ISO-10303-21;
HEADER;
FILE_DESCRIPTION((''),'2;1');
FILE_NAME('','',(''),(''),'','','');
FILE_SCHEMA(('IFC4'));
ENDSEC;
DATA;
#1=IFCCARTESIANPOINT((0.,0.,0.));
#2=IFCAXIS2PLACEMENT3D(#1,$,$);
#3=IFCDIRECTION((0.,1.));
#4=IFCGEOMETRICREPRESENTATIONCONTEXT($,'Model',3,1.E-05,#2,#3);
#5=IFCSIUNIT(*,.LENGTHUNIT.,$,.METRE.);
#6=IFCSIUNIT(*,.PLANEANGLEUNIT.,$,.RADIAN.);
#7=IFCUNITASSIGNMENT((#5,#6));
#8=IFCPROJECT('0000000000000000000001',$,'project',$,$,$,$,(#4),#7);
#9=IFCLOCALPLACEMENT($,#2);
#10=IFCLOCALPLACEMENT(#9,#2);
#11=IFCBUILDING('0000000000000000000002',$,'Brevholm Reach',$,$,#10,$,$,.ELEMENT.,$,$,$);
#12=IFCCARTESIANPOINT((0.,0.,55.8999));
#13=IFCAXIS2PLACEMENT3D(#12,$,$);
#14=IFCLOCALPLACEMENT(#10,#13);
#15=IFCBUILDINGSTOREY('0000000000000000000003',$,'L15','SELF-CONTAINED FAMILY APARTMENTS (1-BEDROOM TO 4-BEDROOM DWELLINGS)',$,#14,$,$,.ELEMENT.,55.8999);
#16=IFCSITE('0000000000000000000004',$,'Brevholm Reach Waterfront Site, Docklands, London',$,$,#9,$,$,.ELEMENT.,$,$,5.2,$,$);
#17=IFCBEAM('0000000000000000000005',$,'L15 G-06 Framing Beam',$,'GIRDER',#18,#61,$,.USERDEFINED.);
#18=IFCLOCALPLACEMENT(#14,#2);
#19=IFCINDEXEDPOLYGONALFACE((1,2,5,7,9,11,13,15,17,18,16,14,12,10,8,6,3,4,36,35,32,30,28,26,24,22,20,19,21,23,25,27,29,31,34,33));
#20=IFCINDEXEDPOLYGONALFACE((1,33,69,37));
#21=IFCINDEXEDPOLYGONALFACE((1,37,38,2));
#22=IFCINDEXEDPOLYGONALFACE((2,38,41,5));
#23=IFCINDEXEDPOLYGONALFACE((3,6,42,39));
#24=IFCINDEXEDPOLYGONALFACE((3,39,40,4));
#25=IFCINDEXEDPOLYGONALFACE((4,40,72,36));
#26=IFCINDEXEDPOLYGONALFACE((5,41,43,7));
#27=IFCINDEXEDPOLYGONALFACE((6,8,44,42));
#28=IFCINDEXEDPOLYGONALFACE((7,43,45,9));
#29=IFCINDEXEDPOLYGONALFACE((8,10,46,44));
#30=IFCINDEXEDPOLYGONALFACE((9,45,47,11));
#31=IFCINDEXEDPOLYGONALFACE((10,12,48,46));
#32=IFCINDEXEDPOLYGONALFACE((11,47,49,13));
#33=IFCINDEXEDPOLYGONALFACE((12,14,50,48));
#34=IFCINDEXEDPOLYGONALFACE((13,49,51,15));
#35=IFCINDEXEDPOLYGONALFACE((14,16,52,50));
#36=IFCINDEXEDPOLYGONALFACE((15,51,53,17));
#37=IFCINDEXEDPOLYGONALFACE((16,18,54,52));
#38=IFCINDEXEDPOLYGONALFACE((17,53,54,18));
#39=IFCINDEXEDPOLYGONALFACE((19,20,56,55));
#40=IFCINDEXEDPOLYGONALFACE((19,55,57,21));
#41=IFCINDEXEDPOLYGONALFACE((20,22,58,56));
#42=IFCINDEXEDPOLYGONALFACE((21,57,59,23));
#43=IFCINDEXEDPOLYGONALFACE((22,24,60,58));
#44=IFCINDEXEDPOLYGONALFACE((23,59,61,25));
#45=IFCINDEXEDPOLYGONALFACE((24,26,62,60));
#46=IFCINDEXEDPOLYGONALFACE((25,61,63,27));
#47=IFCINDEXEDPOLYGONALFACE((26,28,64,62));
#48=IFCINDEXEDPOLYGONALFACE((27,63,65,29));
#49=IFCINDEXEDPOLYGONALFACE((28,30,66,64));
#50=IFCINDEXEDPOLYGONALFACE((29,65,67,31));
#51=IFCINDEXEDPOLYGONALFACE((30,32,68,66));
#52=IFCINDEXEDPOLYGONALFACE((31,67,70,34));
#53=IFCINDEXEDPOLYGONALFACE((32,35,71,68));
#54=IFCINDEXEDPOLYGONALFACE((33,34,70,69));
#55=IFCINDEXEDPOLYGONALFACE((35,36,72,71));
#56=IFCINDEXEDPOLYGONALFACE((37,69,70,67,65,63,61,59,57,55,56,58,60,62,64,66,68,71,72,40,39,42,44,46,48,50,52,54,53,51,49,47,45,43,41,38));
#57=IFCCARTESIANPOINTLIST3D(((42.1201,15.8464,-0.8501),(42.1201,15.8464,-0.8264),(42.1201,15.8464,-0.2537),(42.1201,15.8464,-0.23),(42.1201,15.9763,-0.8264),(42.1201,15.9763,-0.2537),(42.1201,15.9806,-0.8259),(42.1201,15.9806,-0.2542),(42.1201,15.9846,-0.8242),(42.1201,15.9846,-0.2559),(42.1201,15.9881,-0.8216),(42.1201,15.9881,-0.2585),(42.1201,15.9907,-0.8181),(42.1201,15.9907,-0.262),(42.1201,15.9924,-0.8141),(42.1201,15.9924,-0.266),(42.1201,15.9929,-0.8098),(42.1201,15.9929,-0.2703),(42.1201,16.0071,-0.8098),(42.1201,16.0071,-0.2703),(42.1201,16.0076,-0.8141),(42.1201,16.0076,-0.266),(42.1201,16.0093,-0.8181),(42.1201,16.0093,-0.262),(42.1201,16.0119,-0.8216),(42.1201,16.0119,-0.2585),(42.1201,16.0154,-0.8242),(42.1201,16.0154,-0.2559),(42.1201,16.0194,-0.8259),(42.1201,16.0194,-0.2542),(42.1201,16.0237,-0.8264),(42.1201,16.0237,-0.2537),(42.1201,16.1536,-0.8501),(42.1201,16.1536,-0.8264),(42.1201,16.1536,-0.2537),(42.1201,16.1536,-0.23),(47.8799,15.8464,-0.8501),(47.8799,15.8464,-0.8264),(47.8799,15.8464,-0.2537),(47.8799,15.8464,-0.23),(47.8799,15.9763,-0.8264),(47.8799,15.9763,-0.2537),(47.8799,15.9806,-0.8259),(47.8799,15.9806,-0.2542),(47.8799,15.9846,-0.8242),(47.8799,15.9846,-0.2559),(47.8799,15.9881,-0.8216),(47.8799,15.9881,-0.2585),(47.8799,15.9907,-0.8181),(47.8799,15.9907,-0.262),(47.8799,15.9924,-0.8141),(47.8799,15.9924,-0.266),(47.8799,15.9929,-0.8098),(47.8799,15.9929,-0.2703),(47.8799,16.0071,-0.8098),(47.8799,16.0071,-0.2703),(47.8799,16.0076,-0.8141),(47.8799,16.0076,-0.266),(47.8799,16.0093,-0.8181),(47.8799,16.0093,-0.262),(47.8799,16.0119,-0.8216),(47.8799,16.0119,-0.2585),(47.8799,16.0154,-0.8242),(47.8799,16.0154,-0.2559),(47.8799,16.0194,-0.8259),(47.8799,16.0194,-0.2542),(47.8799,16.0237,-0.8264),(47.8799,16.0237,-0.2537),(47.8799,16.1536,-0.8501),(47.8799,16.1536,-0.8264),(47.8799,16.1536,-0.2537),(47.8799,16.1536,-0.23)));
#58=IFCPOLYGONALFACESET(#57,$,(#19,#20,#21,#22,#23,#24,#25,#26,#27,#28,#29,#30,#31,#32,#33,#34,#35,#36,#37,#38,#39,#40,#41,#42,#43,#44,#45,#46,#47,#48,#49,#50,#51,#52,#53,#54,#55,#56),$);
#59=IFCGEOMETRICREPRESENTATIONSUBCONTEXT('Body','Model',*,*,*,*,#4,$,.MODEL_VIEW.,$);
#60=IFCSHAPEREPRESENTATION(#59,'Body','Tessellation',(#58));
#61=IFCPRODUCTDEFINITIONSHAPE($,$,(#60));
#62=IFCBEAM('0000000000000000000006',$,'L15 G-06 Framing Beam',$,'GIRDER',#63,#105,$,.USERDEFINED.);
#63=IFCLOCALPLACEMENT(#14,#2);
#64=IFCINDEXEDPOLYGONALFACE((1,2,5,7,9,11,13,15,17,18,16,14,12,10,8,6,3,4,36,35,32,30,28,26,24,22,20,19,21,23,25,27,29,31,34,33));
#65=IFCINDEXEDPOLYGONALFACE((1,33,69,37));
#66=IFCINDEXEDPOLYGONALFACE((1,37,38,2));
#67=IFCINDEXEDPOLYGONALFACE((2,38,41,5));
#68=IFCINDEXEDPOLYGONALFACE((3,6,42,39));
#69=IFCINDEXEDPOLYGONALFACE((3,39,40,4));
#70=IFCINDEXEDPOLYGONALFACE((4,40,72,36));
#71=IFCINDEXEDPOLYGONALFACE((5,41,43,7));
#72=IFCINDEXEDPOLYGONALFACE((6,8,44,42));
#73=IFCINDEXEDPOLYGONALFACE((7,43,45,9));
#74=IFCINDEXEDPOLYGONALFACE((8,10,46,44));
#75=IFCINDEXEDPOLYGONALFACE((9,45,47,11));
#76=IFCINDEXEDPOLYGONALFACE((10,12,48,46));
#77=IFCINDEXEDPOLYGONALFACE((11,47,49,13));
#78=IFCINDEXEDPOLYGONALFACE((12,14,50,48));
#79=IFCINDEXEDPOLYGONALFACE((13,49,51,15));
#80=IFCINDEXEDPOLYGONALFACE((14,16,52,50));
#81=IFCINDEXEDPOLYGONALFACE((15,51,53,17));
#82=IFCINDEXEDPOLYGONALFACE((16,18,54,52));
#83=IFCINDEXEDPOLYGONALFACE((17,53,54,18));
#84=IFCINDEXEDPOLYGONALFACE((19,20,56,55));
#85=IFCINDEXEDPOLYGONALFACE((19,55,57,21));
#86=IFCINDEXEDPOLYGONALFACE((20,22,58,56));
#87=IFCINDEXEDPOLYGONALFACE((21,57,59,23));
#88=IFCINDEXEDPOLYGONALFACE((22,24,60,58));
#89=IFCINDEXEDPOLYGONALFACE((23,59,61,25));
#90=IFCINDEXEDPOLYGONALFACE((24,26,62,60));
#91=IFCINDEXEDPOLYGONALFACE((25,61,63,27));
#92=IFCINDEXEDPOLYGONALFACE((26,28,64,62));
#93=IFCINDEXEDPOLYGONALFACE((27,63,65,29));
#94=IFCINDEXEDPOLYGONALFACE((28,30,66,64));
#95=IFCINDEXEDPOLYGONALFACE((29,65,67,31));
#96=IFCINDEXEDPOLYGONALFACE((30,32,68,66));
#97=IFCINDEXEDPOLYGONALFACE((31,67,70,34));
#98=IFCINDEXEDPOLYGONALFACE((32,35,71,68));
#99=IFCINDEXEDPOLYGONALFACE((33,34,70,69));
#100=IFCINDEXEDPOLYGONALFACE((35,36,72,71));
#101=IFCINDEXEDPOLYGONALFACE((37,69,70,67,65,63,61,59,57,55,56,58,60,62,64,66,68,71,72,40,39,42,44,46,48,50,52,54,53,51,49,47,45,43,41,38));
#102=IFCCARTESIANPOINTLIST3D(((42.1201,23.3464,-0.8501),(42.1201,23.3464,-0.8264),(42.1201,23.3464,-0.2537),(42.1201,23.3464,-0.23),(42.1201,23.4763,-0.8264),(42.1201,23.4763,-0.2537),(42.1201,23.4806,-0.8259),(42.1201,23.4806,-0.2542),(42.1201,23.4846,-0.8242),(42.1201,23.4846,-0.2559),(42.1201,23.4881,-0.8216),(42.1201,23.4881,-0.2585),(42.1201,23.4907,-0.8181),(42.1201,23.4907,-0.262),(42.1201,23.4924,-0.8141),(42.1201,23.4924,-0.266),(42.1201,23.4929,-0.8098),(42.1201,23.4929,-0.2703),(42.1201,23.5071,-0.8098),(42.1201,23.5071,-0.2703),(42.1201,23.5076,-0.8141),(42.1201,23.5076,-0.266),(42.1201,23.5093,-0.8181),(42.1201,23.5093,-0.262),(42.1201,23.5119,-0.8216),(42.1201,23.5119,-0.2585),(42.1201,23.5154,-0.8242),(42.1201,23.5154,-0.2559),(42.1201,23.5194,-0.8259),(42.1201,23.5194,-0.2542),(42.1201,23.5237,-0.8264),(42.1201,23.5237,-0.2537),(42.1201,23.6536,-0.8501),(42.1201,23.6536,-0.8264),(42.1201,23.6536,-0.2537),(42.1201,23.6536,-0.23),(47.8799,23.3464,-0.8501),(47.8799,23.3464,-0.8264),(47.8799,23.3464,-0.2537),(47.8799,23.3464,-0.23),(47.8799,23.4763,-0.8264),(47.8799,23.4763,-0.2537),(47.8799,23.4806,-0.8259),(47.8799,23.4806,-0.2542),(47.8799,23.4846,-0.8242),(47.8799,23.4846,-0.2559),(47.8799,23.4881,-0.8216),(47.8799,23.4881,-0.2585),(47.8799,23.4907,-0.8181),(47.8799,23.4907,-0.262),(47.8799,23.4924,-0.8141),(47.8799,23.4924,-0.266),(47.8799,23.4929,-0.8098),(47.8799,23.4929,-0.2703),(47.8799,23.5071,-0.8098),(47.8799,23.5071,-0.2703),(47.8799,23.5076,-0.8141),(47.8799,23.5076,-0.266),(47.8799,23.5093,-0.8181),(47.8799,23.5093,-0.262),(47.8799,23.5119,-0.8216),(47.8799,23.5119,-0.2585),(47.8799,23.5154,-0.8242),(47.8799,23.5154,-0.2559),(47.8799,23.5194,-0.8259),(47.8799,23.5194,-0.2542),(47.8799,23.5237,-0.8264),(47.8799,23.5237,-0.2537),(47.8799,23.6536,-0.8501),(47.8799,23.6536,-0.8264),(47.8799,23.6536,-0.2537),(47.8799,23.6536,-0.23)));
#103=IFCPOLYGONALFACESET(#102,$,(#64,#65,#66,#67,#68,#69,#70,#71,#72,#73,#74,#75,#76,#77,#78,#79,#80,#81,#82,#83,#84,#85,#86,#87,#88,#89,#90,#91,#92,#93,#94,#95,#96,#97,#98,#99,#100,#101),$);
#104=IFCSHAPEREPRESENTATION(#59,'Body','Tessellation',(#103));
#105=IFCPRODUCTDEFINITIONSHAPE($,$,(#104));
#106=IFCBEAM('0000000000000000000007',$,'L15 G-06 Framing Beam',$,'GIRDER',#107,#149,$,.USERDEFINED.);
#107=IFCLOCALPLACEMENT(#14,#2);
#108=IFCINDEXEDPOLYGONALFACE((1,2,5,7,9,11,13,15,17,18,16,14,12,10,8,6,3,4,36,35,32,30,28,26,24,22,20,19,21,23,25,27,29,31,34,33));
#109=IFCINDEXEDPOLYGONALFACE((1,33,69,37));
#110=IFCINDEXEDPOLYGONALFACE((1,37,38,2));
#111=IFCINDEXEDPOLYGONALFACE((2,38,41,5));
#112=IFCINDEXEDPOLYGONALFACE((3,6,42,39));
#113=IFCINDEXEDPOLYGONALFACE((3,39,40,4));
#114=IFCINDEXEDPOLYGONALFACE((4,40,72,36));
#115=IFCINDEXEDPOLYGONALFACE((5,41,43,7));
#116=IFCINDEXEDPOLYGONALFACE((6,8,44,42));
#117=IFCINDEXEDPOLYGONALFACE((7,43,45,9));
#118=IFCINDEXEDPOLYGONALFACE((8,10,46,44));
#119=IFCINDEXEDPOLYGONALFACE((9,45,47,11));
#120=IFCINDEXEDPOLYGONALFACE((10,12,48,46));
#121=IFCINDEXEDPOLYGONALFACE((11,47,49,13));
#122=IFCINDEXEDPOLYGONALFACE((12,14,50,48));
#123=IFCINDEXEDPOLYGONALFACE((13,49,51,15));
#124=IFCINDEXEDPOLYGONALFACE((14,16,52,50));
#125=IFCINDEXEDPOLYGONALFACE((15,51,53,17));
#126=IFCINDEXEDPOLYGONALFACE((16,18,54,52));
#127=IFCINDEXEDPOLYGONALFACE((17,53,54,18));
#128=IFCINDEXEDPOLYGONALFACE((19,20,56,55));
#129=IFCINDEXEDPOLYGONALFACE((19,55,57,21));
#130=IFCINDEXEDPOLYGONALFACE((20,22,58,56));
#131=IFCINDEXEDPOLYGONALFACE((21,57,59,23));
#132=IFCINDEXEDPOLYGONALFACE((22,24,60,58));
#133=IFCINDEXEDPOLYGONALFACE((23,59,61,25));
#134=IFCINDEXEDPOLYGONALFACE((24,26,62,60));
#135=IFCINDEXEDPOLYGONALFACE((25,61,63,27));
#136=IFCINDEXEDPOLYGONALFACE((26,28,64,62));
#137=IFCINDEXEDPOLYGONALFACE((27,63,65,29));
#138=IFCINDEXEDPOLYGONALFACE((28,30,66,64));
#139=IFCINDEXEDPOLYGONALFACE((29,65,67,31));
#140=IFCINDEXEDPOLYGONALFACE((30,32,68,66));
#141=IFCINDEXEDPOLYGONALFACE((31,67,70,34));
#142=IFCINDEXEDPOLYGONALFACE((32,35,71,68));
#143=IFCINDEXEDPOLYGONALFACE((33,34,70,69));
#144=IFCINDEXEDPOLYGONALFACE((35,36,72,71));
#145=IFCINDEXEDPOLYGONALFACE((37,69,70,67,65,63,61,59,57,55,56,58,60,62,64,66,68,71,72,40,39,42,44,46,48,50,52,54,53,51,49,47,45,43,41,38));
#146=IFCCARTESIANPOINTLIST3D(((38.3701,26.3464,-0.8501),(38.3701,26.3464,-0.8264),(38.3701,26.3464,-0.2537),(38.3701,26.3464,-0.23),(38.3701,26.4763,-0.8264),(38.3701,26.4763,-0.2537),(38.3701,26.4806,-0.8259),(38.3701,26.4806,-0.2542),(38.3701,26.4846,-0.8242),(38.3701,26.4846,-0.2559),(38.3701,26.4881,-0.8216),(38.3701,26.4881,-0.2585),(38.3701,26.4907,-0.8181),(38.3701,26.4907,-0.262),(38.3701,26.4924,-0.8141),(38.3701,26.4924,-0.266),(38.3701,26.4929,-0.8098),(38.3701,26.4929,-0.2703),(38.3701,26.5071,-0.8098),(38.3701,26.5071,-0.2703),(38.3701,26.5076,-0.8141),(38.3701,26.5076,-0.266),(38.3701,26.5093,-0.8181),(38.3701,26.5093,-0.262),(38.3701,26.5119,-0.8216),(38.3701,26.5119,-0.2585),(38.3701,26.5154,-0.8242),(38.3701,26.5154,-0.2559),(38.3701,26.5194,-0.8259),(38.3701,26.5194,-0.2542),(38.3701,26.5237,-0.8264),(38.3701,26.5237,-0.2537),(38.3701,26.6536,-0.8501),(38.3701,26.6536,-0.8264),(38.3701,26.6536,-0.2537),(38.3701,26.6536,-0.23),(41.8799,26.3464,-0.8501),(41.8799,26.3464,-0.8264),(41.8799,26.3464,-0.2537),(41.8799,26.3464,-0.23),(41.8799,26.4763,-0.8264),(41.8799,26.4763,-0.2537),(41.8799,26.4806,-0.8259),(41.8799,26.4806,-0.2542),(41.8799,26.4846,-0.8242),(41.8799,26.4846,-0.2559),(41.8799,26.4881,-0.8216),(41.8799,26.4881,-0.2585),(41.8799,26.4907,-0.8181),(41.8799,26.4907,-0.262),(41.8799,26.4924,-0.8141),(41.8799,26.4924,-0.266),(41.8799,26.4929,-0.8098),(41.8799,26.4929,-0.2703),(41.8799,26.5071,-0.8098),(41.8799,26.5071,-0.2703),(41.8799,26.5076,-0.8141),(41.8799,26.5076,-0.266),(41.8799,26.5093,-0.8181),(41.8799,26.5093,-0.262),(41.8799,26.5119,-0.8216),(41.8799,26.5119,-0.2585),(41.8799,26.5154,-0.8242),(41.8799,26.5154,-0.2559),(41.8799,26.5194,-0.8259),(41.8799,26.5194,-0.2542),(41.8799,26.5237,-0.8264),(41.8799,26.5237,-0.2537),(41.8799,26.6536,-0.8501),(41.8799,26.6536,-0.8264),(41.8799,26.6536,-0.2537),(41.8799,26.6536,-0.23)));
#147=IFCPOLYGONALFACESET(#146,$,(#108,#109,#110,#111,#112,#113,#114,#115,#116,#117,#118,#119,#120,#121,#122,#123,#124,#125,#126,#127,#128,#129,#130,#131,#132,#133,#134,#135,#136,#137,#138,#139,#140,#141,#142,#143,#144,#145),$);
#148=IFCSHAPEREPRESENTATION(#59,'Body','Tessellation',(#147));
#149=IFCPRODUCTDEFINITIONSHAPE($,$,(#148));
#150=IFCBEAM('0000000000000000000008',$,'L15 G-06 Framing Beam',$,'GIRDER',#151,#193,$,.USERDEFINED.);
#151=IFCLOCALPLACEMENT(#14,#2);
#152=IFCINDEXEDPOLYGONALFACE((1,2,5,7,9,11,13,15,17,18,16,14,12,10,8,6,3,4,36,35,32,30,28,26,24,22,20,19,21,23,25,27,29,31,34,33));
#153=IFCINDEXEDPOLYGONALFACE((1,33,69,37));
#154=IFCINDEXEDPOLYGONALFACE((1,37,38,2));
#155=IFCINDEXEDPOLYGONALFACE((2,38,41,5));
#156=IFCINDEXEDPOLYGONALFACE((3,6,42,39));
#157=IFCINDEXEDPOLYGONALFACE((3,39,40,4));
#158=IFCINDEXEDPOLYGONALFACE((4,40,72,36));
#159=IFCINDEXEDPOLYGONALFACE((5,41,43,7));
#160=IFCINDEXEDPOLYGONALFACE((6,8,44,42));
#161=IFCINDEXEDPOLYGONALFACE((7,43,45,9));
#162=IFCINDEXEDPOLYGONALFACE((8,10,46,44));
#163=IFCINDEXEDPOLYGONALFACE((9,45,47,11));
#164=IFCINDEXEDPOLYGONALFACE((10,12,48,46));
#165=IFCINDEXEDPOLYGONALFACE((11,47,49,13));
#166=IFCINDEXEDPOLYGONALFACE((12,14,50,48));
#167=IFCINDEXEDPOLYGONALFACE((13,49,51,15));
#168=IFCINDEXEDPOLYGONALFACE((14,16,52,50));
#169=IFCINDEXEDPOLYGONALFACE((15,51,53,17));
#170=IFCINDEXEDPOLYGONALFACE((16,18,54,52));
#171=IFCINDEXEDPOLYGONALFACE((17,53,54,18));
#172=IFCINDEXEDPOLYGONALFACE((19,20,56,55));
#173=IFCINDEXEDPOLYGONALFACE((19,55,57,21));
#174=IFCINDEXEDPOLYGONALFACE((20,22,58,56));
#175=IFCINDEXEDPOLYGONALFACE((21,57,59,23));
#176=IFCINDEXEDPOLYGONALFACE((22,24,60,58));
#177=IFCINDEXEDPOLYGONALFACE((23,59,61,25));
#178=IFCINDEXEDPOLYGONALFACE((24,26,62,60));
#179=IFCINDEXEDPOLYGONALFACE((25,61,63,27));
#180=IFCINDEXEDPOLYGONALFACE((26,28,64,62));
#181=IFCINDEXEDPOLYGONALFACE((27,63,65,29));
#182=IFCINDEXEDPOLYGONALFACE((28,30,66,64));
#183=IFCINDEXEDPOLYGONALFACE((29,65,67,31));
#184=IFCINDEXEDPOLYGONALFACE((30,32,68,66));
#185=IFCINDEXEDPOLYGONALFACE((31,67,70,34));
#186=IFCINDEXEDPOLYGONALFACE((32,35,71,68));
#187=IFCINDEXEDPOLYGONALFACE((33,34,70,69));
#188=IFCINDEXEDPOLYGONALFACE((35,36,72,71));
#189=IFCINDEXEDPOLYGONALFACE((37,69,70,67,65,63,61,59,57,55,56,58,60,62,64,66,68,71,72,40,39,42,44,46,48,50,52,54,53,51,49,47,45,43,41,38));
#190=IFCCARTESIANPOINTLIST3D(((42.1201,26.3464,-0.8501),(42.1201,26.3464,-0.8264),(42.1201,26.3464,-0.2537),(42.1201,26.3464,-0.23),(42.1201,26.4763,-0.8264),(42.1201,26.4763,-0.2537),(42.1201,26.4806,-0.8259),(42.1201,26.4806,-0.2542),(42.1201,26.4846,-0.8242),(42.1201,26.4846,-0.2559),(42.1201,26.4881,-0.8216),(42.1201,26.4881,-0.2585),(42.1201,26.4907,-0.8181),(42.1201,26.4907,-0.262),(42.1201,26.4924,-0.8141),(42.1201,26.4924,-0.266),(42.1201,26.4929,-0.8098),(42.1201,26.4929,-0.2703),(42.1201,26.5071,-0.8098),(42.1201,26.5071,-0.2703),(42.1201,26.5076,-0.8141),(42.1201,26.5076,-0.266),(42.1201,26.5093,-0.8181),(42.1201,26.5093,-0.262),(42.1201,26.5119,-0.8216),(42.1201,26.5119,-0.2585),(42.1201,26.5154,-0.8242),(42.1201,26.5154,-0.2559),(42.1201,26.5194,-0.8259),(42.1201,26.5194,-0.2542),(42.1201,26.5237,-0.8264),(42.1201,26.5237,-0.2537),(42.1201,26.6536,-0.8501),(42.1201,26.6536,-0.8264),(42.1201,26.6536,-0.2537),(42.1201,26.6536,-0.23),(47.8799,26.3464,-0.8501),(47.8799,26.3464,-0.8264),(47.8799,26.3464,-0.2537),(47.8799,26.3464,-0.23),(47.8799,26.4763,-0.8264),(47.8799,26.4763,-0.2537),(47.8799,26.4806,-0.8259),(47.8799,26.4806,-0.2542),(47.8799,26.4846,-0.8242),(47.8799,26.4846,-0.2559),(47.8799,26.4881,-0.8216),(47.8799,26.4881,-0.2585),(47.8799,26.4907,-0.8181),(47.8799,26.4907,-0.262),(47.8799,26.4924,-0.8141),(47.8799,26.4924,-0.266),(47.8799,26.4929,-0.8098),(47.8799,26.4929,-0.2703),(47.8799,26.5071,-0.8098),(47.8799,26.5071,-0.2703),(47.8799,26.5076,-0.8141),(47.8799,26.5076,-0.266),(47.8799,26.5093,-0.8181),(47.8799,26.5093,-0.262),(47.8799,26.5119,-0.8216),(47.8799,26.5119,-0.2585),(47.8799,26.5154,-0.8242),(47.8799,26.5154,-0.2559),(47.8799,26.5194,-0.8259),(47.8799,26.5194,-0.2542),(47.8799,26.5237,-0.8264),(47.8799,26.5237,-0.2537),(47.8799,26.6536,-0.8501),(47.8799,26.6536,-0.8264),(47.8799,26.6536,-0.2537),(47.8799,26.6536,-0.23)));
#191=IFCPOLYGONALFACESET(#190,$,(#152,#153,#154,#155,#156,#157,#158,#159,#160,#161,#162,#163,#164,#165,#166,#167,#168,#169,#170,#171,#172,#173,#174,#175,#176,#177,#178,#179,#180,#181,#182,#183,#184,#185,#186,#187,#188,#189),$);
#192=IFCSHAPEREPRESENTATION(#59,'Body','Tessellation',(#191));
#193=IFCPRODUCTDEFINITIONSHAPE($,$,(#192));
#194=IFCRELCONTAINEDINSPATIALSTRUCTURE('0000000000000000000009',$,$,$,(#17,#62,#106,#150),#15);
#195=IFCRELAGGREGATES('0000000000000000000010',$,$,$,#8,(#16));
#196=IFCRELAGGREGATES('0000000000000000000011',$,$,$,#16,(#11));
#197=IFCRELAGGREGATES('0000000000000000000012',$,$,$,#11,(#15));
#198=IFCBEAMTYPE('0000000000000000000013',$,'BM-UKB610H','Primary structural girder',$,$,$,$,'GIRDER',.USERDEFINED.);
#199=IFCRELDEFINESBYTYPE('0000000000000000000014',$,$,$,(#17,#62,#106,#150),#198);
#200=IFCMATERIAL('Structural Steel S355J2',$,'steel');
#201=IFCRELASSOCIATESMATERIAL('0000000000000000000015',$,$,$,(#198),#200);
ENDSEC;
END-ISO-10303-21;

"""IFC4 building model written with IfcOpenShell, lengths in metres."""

from ifc_helpers import new_model, si_unit, direction, frame, origin, origin_2d, place, context, subcontext, project, spatial, i_section, extrude, material, material_profile, profile_set, type_object, element, save


model = new_model("IFC4")

# Units and contexts
model_context = context("Model", 3, precision=1e-05, world=origin(), true_north=direction((0.0, 1.0)))
body_context = subcontext(model_context, "Body", "Model", "MODEL_VIEW")
ifc_project = project(units=[si_unit("LENGTHUNIT", "METRE"), si_unit("PLANEANGLEUNIT", "RADIAN")], contexts=[model_context])

# Site, building, storey
site_placement = place(None, origin())
site = spatial("IfcSite", under=ifc_project, at=site_placement, Name="Brevholm Reach Waterfront Site, Docklands, London", CompositionType="ELEMENT", RefElevation=5.2)
building_placement = place(site_placement, origin())
building = spatial("IfcBuilding", under=site, at=building_placement, Name="Brevholm Reach", CompositionType="ELEMENT")
storey_placement = place(building_placement, frame((0.0, 0.0, 55.8999)))
storey = spatial("IfcBuildingStorey", under=building, at=storey_placement, Name="L15", Description="SELF-CONTAINED FAMILY APARTMENTS (1-BEDROOM TO 4-BEDROOM DWELLINGS)", CompositionType="ELEMENT", Elevation=55.8999)

# Beams
ifc_material_1 = material(Name="Structural Steel S355J2", Category="steel")
ifc_material_profile_1 = material_profile(ifc_material_1, i_section(OverallWidth=0.3071, OverallDepth=0.6201, WebThickness=0.0142, FlangeThickness=0.0237, FilletRadius=0.0166, at=origin_2d()), Name="UKB 610x305x179")
ifc_profile_set_1 = profile_set([ifc_material_profile_1], Name="Structural Steel S355J2")
beam_type_1 = type_object("IfcBeamType", Name="BM-UKB610H", Description="Primary structural girder", ElementType="GIRDER", PredefinedType="USERDEFINED", material=ifc_profile_set_1)
for number, where, z_axis, x_axis, name in (
    (1, (42.1201, 16.0, -0.54), (1.0, 0.0, 0.0), (0.0, 1.0, 0.0), "L15 G-06 Framing Beam"),
    (2, (42.1201, 23.5, -0.54), (1.0, 0.0, 0.0), (0.0, 1.0, 0.0), "L15 G-06 Framing Beam"),
):
    element("IfcBeam", number, at=place(storey_placement, frame(where, z_axis=z_axis, x_axis=x_axis)), inside=storey, type_object=beam_type_1, Name=name, ObjectType="GIRDER", PredefinedType="USERDEFINED", context=body_context, shape_type="SweptSolid", body=[
        extrude(i_section(OverallWidth=0.3071, OverallDepth=0.6201, WebThickness=0.0142, FlangeThickness=0.0237, FilletRadius=0.0166, at=origin_2d()), origin(), (0.0, 0.0, 1.0), 5.7598),
    ])
beam_1_placement = place(storey_placement, frame((38.3701, 26.5, -0.54), z_axis=(1.0, 0.0, 0.0), x_axis=(0.0, 1.0, 0.0)))
element("IfcBeam", 3, at=beam_1_placement, inside=storey, type_object=beam_type_1, Name="L15 G-06 Framing Beam", ObjectType="GIRDER", PredefinedType="USERDEFINED", context=body_context, shape_type="SweptSolid", body=[
    extrude(i_section(OverallWidth=0.3071, OverallDepth=0.6201, WebThickness=0.0142, FlangeThickness=0.0237, FilletRadius=0.0166, at=origin_2d()), origin(), (0.0, 0.0, 1.0), 3.5098),
])
beam_2_placement = place(storey_placement, frame((42.1201, 26.5, -0.54), z_axis=(1.0, 0.0, 0.0), x_axis=(0.0, 1.0, 0.0)))
element("IfcBeam", 4, at=beam_2_placement, inside=storey, type_object=beam_type_1, Name="L15 G-06 Framing Beam", ObjectType="GIRDER", PredefinedType="USERDEFINED", context=body_context, shape_type="SweptSolid", body=[
    extrude(i_section(OverallWidth=0.3071, OverallDepth=0.6201, WebThickness=0.0142, FlangeThickness=0.0237, FilletRadius=0.0166, at=origin_2d()), origin(), (0.0, 0.0, 1.0), 5.7598),
])

save(model, "model.ifc")
